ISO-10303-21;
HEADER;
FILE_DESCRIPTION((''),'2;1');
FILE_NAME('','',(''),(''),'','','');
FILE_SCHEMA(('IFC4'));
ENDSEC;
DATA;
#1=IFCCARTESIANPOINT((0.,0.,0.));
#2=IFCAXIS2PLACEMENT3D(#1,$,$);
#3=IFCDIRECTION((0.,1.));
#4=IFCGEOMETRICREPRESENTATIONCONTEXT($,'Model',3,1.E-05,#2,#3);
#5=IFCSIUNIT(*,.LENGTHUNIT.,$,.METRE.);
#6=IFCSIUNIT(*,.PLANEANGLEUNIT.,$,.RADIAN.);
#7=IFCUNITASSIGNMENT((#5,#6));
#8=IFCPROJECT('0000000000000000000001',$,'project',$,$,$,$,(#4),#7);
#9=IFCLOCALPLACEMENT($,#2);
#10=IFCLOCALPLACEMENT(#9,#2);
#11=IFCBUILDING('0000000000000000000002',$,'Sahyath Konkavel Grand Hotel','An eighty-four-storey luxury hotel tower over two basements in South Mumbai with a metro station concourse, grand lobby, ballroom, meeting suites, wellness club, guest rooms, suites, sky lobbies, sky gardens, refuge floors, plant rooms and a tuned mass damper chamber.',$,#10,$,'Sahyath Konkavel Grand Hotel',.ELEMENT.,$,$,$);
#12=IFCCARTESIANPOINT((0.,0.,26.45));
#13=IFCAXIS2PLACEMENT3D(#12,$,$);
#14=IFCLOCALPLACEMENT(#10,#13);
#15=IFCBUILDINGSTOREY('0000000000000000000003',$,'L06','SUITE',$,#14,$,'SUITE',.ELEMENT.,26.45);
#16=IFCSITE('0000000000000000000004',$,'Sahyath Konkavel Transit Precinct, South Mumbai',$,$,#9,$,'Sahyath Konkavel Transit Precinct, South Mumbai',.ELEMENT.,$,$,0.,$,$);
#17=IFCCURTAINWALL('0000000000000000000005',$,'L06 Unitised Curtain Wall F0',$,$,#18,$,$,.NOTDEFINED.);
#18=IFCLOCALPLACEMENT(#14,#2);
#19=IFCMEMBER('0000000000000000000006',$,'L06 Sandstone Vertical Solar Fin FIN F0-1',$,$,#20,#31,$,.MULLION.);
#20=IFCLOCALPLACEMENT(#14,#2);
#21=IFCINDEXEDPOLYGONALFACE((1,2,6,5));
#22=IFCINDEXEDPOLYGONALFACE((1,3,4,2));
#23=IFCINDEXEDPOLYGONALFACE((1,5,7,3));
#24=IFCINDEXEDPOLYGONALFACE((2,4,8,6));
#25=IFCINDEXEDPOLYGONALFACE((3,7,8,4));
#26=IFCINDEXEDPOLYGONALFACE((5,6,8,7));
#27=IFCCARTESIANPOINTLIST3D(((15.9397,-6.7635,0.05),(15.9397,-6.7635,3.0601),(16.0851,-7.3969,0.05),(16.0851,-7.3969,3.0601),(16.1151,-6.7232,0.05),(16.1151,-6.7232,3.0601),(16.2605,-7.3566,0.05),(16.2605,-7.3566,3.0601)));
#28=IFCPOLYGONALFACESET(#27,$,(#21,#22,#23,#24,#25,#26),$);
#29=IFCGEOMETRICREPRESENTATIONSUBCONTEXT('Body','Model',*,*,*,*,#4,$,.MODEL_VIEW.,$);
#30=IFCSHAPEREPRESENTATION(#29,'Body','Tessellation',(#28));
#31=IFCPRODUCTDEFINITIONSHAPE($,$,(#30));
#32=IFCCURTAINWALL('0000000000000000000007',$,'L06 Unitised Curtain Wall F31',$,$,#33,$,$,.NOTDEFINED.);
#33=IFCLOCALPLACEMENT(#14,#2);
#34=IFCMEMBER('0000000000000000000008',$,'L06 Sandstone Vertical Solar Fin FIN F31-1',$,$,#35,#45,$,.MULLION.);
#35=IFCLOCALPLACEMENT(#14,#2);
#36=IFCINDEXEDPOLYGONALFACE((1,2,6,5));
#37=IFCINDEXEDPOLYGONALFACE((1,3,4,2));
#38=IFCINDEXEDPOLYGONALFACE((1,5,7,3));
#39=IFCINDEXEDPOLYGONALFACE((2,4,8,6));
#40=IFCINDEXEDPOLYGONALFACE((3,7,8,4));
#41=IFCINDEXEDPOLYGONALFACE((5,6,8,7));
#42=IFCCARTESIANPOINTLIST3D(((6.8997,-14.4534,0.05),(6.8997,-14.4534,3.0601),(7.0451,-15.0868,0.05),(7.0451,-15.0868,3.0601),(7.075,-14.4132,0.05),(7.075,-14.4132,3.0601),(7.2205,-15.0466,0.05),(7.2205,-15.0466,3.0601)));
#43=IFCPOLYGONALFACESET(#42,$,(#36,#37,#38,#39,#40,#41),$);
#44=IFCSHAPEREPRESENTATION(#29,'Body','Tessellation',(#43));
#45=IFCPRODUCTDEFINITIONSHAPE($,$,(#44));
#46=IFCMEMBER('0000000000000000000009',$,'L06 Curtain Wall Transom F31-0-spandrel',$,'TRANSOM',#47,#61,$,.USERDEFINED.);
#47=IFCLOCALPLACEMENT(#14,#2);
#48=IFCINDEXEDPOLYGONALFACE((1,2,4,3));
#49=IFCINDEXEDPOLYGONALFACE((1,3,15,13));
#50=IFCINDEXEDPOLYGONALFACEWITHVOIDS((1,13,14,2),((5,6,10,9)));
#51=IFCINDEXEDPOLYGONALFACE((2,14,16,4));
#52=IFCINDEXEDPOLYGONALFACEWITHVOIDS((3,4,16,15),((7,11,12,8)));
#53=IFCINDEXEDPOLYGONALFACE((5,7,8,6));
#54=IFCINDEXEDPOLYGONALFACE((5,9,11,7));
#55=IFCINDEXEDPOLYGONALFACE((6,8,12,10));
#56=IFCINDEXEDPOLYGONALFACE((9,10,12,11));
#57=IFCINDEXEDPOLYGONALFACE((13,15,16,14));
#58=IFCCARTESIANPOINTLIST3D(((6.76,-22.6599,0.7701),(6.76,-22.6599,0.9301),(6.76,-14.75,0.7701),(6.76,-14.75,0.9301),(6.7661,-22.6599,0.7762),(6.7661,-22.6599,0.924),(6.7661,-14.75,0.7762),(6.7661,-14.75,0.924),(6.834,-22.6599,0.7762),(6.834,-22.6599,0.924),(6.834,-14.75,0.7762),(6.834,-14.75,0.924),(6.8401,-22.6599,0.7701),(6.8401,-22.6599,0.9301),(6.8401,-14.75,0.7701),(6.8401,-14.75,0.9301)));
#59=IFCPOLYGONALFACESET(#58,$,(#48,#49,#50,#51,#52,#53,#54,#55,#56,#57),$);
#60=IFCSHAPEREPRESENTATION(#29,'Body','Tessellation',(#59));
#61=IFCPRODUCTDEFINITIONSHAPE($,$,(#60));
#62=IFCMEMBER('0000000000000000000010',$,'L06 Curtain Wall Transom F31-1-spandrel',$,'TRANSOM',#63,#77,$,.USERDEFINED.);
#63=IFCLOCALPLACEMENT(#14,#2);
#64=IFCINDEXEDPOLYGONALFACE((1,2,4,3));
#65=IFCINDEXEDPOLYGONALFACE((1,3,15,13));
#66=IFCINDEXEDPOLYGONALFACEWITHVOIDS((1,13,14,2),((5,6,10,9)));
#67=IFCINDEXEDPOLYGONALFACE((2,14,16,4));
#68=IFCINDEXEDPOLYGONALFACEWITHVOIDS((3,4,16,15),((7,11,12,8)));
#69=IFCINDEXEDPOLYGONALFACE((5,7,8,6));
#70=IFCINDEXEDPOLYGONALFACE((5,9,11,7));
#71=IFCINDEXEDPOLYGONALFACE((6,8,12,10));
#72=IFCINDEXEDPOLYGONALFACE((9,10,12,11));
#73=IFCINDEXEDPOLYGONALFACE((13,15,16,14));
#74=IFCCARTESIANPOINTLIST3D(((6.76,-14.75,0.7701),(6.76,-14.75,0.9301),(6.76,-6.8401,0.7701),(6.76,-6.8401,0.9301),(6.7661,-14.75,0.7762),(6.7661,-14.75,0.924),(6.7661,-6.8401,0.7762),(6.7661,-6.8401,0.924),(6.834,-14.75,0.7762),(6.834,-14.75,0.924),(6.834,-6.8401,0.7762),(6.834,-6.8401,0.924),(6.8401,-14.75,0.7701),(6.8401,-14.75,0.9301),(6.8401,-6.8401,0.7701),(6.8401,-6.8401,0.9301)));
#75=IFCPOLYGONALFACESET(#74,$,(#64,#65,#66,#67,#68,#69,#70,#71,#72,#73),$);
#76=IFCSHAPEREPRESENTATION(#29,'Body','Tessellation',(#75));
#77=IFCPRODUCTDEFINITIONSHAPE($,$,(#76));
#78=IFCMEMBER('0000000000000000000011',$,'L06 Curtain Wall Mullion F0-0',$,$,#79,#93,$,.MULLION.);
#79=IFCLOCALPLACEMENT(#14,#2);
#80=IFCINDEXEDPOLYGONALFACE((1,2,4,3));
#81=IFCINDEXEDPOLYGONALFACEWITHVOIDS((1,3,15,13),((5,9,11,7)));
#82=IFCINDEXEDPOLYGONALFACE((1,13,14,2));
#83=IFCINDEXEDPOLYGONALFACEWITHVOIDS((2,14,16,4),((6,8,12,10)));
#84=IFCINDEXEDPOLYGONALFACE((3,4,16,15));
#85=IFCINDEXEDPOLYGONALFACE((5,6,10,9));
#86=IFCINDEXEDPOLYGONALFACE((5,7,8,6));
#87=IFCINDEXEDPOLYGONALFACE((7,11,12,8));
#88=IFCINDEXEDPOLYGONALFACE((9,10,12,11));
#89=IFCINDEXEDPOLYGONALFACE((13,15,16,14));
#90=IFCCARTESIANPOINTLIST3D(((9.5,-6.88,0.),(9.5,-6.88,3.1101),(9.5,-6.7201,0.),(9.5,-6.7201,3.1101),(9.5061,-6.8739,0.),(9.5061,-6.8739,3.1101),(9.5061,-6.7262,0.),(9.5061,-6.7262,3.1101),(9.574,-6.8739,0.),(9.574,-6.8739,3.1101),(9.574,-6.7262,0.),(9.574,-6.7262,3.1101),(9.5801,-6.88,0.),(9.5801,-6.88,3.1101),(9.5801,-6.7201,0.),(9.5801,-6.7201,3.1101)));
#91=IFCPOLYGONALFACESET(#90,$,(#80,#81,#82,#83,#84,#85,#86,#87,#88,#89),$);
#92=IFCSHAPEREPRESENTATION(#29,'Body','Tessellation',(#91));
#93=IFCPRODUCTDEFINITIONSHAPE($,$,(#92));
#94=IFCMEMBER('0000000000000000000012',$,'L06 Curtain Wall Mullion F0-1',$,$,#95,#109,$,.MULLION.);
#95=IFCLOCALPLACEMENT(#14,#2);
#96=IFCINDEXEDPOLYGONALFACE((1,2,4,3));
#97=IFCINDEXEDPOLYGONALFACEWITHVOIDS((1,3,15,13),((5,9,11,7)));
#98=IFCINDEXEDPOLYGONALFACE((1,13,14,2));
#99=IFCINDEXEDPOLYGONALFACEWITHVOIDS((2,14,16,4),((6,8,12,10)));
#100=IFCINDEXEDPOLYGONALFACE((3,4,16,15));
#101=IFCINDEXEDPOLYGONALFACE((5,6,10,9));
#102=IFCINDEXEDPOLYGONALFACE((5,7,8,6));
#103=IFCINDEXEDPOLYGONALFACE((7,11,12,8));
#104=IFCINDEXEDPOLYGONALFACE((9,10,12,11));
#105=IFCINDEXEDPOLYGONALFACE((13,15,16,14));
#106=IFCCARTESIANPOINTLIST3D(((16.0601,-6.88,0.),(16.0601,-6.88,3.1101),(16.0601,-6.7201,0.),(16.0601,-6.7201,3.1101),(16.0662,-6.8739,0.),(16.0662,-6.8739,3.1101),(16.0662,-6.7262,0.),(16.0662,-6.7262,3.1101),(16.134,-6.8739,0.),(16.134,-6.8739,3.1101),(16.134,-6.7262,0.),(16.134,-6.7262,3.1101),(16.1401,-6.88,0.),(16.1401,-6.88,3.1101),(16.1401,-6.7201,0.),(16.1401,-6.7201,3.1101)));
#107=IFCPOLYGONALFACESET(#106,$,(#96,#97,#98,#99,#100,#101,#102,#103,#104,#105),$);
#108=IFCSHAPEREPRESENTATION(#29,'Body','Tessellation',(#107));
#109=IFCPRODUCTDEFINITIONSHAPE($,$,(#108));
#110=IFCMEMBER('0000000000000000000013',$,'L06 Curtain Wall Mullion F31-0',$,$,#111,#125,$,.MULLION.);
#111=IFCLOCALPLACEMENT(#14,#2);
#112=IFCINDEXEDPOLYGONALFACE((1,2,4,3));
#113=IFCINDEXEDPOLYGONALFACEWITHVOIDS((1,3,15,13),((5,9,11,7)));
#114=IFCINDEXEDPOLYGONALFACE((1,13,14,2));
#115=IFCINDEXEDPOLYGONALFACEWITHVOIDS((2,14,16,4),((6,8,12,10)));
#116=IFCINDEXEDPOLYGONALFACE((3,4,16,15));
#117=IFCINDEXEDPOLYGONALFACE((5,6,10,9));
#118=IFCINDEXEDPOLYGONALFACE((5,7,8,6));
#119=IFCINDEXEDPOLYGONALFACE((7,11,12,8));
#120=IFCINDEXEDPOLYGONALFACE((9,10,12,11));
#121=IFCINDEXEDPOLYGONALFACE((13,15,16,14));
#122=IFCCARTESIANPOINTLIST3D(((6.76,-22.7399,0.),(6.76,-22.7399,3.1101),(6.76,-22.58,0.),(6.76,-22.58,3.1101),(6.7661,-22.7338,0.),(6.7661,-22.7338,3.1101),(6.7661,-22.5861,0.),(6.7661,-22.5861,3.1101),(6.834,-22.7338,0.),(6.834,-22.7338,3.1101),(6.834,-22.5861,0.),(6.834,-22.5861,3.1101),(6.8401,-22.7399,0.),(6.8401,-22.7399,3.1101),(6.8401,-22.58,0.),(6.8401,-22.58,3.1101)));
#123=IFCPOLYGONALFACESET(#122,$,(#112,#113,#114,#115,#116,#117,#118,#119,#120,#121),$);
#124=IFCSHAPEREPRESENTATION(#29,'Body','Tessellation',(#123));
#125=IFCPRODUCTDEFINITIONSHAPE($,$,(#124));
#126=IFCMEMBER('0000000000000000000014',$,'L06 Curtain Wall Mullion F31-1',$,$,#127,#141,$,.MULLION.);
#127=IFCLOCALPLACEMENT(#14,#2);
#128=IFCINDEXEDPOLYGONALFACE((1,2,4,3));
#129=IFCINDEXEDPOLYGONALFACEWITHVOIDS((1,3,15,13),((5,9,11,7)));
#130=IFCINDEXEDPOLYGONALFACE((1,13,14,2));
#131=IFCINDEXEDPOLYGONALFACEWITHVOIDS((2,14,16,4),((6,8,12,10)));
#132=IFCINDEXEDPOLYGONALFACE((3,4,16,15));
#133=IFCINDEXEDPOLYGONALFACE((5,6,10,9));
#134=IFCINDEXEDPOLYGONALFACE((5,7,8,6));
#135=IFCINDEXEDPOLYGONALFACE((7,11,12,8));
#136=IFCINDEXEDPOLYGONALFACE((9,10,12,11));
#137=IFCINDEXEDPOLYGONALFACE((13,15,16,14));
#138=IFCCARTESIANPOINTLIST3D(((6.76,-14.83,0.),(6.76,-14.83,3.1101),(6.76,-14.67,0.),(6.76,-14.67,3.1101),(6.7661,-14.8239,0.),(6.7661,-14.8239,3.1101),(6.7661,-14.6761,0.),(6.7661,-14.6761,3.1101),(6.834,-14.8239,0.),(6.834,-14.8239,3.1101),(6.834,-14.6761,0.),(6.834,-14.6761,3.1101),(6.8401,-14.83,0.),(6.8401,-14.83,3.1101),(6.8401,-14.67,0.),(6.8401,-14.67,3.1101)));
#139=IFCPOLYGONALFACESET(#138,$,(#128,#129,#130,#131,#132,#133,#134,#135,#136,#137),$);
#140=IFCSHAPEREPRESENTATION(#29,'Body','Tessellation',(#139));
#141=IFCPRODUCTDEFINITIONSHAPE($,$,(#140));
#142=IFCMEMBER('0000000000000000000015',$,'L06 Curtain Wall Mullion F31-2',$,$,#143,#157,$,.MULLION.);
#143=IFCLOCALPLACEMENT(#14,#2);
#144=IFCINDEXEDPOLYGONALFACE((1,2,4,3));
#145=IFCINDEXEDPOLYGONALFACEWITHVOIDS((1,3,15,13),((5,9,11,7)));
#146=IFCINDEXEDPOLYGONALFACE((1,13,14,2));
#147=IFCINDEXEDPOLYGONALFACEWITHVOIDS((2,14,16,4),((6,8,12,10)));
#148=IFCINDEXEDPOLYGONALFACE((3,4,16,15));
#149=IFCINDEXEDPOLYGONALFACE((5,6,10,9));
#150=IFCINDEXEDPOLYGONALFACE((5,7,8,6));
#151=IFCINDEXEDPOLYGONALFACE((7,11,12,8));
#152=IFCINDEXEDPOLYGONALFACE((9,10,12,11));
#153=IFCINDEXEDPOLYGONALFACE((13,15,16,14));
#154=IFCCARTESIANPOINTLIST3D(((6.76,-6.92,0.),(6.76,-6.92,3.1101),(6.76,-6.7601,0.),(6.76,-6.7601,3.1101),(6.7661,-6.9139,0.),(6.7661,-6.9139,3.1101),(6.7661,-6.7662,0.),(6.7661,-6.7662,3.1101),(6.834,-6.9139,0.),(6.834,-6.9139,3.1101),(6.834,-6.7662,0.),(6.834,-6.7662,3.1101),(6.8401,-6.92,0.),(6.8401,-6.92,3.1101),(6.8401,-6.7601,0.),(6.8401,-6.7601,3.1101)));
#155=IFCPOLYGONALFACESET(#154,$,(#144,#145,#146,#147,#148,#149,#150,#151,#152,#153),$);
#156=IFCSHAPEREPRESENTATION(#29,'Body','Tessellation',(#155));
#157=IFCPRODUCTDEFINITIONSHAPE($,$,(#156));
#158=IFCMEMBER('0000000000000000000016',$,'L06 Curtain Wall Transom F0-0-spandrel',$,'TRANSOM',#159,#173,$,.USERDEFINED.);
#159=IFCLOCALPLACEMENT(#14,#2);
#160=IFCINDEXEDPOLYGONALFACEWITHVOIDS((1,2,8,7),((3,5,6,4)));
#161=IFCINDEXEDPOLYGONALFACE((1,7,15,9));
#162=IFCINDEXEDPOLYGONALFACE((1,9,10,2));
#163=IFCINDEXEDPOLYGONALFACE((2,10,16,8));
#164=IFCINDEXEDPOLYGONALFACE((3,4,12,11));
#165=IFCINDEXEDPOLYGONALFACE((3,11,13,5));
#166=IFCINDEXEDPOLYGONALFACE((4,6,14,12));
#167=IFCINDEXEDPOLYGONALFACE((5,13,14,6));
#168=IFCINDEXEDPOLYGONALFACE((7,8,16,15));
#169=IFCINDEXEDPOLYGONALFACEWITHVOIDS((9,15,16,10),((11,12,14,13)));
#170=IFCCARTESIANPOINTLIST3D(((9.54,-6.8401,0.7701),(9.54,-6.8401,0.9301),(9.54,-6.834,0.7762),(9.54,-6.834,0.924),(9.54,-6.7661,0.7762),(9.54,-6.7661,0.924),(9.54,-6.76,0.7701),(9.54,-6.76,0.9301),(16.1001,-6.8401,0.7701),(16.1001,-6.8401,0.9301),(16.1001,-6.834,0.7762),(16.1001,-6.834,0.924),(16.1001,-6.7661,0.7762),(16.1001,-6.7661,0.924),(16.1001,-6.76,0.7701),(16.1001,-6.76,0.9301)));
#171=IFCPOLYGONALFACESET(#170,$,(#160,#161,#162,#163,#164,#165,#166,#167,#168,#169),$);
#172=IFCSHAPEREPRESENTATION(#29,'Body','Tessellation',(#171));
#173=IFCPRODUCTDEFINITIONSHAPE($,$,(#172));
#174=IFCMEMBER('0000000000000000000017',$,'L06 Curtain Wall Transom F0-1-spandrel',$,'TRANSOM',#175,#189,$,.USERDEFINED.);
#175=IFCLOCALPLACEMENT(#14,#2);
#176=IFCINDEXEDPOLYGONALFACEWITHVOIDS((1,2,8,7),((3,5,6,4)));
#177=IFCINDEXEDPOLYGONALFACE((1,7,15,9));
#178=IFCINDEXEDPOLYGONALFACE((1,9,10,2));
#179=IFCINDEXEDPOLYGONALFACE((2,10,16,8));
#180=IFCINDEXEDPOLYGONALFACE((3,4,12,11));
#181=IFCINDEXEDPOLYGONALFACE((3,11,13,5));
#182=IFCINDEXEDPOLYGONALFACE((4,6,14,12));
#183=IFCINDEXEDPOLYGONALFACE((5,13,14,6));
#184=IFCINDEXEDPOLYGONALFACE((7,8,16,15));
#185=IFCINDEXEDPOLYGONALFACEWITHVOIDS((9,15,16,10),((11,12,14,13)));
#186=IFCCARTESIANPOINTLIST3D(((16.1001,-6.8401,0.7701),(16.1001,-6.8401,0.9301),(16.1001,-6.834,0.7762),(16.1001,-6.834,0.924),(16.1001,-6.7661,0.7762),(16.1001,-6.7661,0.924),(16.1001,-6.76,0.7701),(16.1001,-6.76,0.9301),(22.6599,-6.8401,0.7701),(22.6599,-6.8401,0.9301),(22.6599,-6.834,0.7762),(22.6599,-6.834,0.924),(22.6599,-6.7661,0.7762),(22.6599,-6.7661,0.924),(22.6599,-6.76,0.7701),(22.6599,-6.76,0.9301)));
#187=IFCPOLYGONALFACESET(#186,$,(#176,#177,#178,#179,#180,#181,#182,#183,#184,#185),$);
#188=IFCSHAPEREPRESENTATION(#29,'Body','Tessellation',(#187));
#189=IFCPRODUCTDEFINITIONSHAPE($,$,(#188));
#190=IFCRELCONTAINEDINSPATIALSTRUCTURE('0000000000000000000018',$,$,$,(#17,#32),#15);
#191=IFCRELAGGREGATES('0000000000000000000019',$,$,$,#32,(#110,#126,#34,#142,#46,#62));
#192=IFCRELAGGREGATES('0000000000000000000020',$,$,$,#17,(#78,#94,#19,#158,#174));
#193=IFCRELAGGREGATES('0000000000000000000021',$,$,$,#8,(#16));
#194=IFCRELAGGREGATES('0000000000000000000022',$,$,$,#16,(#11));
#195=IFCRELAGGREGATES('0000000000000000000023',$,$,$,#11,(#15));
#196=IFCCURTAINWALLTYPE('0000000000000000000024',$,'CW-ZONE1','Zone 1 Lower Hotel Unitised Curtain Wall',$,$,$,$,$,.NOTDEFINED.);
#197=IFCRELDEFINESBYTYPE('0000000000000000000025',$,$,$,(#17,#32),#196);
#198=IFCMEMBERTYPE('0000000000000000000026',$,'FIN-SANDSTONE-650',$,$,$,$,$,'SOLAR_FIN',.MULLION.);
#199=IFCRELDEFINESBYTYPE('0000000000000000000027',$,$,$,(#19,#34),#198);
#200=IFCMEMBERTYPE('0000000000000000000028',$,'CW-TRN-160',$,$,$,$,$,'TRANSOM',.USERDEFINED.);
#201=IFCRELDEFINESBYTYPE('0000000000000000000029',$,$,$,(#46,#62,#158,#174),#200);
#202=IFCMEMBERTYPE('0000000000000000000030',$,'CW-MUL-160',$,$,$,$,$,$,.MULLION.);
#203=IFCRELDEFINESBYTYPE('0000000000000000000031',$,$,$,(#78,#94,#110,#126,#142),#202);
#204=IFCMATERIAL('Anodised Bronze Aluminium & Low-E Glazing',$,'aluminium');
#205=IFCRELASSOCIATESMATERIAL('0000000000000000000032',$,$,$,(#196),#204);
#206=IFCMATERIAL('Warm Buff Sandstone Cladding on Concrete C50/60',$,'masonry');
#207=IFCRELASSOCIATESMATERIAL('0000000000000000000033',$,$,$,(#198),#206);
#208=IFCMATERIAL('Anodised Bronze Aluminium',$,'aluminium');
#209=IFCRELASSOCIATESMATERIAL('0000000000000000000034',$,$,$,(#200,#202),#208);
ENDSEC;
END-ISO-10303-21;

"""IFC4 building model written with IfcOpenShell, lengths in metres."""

from ifc_helpers import new_model, si_unit, direction, frame, origin, origin_2d, place, context, subcontext, project, spatial, rectangle, hollow_rectangle, extrude, source, transform, mapped, material, material_profile, profile_set, type_object, element, aggregate, save


model = new_model("IFC4")

# Units and contexts
model_context = context("Model", 3, precision=1e-05, world=origin(), true_north=direction((0.0, 1.0)))
body_context = subcontext(model_context, "Body", "Model", "MODEL_VIEW")
ifc_project = project(units=[si_unit("LENGTHUNIT", "METRE"), si_unit("PLANEANGLEUNIT", "RADIAN")], contexts=[model_context])

# Site, building, storey
site_placement = place(None, origin())
site = spatial("IfcSite", under=ifc_project, at=site_placement, Name="Sahyath Konkavel Transit Precinct, South Mumbai", LongName="Sahyath Konkavel Transit Precinct, South Mumbai", CompositionType="ELEMENT", RefElevation=0.0)
building_placement = place(site_placement, origin())
building = spatial("IfcBuilding", under=site, at=building_placement, Name="Sahyath Konkavel Grand Hotel", Description="An eighty-four-storey luxury hotel tower over two basements in South Mumbai with a metro station concourse, grand lobby, ballroom, meeting suites, wellness club, guest rooms, suites, sky lobbies, sky gardens, refuge floors, plant rooms and a tuned mass damper chamber.", LongName="Sahyath Konkavel Grand Hotel", CompositionType="ELEMENT")
storey_placement = place(building_placement, frame((0.0, 0.0, 26.45)))
storey = spatial("IfcBuildingStorey", under=building, at=storey_placement, Name="L06", Description="SUITE", LongName="SUITE", CompositionType="ELEMENT", Elevation=26.45)

# Curtain wall, member
ifc_material_1 = material(Name="Anodised Bronze Aluminium & Low-E Glazing", Category="aluminium")
curtain_wall_type = type_object("IfcCurtainWallType", Name="CW-ZONE1", Description="Zone 1 Lower Hotel Unitised Curtain Wall", PredefinedType="NOTDEFINED", material=ifc_material_1)
curtain_wall_1_placement = place(storey_placement, origin())
curtain_wall_1 = element("IfcCurtainWall", 1, at=curtain_wall_1_placement, inside=storey, type_object=curtain_wall_type, Name="L06 Unitised Curtain Wall F0", PredefinedType="NOTDEFINED")
ifc_material_2 = material(Name="Warm Buff Sandstone Cladding on Concrete C50/60", Category="masonry")
ifc_material_profile_1 = material_profile(ifc_material_2, rectangle(XDim=0.1799, YDim=0.6499, at=origin_2d()), Name="FIN 180x650")
ifc_profile_set_1 = profile_set([ifc_material_profile_1], Name="Warm Buff Sandstone Cladding on Concrete C50/60")
member_type_1 = type_object("IfcMemberType", Name="FIN-SANDSTONE-650", ElementType="SOLAR_FIN", PredefinedType="MULLION", material=ifc_profile_set_1)
shared_shape_1 = source(origin(), body_context, "Body", "SweptSolid", [
    extrude(rectangle(XDim=0.1799, YDim=0.6499, at=origin_2d()), origin(), (0.0, 0.0, 1.0), 3.01),
])
member_1_placement = place(storey_placement, frame((16.1001, -7.0601, 0.05), z_axis=(0.0, 0.0, 1.0), x_axis=(0.974644, 0.22376, 0.0)))
member_1 = element("IfcMember", 2, at=member_1_placement, type_object=member_type_1, Name="L06 Sandstone Vertical Solar Fin FIN F0-1", PredefinedType="MULLION", context=body_context, shape_type="MappedRepresentation", body=[
    mapped(shared_shape_1, transform((0.0, 0.0, 0.0), scale=1.0)),
])

# Curtain wall, members
curtain_wall_2_placement = place(storey_placement, origin())
curtain_wall_2 = element("IfcCurtainWall", 3, at=curtain_wall_2_placement, inside=storey, type_object=curtain_wall_type, Name="L06 Unitised Curtain Wall F31", PredefinedType="NOTDEFINED")
member_2_placement = place(storey_placement, frame((7.0601, -14.75, 0.05), z_axis=(0.0, 0.0, 1.0), x_axis=(0.974644, 0.22376, 0.0)))
member_2 = element("IfcMember", 4, at=member_2_placement, type_object=member_type_1, Name="L06 Sandstone Vertical Solar Fin FIN F31-1", PredefinedType="MULLION", context=body_context, shape_type="MappedRepresentation", body=[
    mapped(shared_shape_1, transform((0.0, 0.0, 0.0), scale=1.0)),
])
ifc_material_3 = material(Name="Anodised Bronze Aluminium", Category="aluminium")
ifc_material_profile_2 = material_profile(ifc_material_3, hollow_rectangle(XDim=0.0801, YDim=0.1599, WallThickness=0.0061, at=origin_2d()), Name="RHS 160x80x6")
ifc_profile_set_2 = profile_set([ifc_material_profile_2], Name="Anodised Bronze Aluminium")
member_type_2 = type_object("IfcMemberType", Name="CW-TRN-160", ElementType="TRANSOM", PredefinedType="USERDEFINED", material=ifc_profile_set_2)
shared_shape_2 = source(origin(), body_context, "Body", "SweptSolid", [
    extrude(hollow_rectangle(XDim=0.0801, YDim=0.1599, WallThickness=0.0061, at=origin_2d()), origin(), (0.0, 0.0, 1.0), 7.9099),
])
member_3_placement = place(storey_placement, frame((6.8, -22.6599, 0.8501), z_axis=(0.0, 1.0, 0.0), x_axis=(-1.0, 0.0, 0.0)))
member_3 = element("IfcMember", 5, at=member_3_placement, type_object=member_type_2, Name="L06 Curtain Wall Transom F31-0-spandrel", ObjectType="TRANSOM", PredefinedType="USERDEFINED", context=body_context, shape_type="MappedRepresentation", body=[
    mapped(shared_shape_2, transform((0.0, 0.0, 0.0), scale=1.0)),
])
member_4_placement = place(storey_placement, frame((6.8, -14.75, 0.8501), z_axis=(0.0, 1.0, 0.0), x_axis=(-1.0, 0.0, 0.0)))
member_4 = element("IfcMember", 6, at=member_4_placement, type_object=member_type_2, Name="L06 Curtain Wall Transom F31-1-spandrel", ObjectType="TRANSOM", PredefinedType="USERDEFINED", context=body_context, shape_type="MappedRepresentation", body=[
    mapped(shared_shape_2, transform((0.0, 0.0, 0.0), scale=1.0)),
])

# Members
ifc_material_profile_3 = material_profile(ifc_material_3, hollow_rectangle(XDim=0.0801, YDim=0.1599, WallThickness=0.0061, at=origin_2d()), Name="RHS 160x80x6")
ifc_profile_set_3 = profile_set([ifc_material_profile_3], Name="Anodised Bronze Aluminium")
member_type_3 = type_object("IfcMemberType", Name="CW-MUL-160", PredefinedType="MULLION", material=ifc_profile_set_3)
shared_shape_3 = source(origin(), body_context, "Body", "SweptSolid", [
    extrude(hollow_rectangle(XDim=0.0801, YDim=0.1599, WallThickness=0.0061, at=origin_2d()), origin(), (0.0, 0.0, 1.0), 3.1101),
])
member_5_placement = place(storey_placement, frame((9.54, -6.8, 0.0), z_axis=(0.0, 0.0, 1.0), x_axis=(1.0, 0.0, 0.0)))
member_5 = element("IfcMember", 7, at=member_5_placement, type_object=member_type_3, Name="L06 Curtain Wall Mullion F0-0", PredefinedType="MULLION", context=body_context, shape_type="MappedRepresentation", body=[
    mapped(shared_shape_3, transform((0.0, 0.0, 0.0), scale=1.0)),
])
member_6_placement = place(storey_placement, frame((16.1001, -6.8, 0.0), z_axis=(0.0, 0.0, 1.0), x_axis=(1.0, 0.0, 0.0)))
member_6 = element("IfcMember", 8, at=member_6_placement, type_object=member_type_3, Name="L06 Curtain Wall Mullion F0-1", PredefinedType="MULLION", context=body_context, shape_type="MappedRepresentation", body=[
    mapped(shared_shape_3, transform((0.0, 0.0, 0.0), scale=1.0)),
])
member_7_placement = place(storey_placement, frame((6.8, -22.6599, 0.0), z_axis=(0.0, 0.0, 1.0), x_axis=(1.0, 0.0, 0.0)))
member_7 = element("IfcMember", 9, at=member_7_placement, type_object=member_type_3, Name="L06 Curtain Wall Mullion F31-0", PredefinedType="MULLION", context=body_context, shape_type="MappedRepresentation", body=[
    mapped(shared_shape_3, transform((0.0, 0.0, 0.0), scale=1.0)),
])
member_8_placement = place(storey_placement, frame((6.8, -14.75, 0.0), z_axis=(0.0, 0.0, 1.0), x_axis=(1.0, 0.0, 0.0)))
member_8 = element("IfcMember", 10, at=member_8_placement, type_object=member_type_3, Name="L06 Curtain Wall Mullion F31-1", PredefinedType="MULLION", context=body_context, shape_type="MappedRepresentation", body=[
    mapped(shared_shape_3, transform((0.0, 0.0, 0.0), scale=1.0)),
])
member_9_placement = place(storey_placement, frame((6.8, -6.8401, 0.0), z_axis=(0.0, 0.0, 1.0), x_axis=(1.0, 0.0, 0.0)))
member_9 = element("IfcMember", 11, at=member_9_placement, type_object=member_type_3, Name="L06 Curtain Wall Mullion F31-2", PredefinedType="MULLION", context=body_context, shape_type="MappedRepresentation", body=[
    mapped(shared_shape_3, transform((0.0, 0.0, 0.0), scale=1.0)),
])
shared_shape_4 = source(origin(), body_context, "Body", "SweptSolid", [
    extrude(hollow_rectangle(XDim=0.0801, YDim=0.1599, WallThickness=0.0061, at=origin_2d()), origin(), (0.0, 0.0, 1.0), 6.5601),
])
member_10_placement = place(storey_placement, frame((9.54, -6.8, 0.8501), z_axis=(1.0, 0.0, 0.0), x_axis=(0.0, 1.0, 0.0)))
member_10 = element("IfcMember", 12, at=member_10_placement, type_object=member_type_2, Name="L06 Curtain Wall Transom F0-0-spandrel", ObjectType="TRANSOM", PredefinedType="USERDEFINED", context=body_context, shape_type="MappedRepresentation", body=[
    mapped(shared_shape_4, transform((0.0, 0.0, 0.0), scale=1.0)),
])
shared_shape_5 = source(origin(), body_context, "Body", "SweptSolid", [
    extrude(hollow_rectangle(XDim=0.0801, YDim=0.1599, WallThickness=0.0061, at=origin_2d()), origin(), (0.0, 0.0, 1.0), 6.5598),
])
member_11_placement = place(storey_placement, frame((16.1001, -6.8, 0.8501), z_axis=(1.0, 0.0, 0.0), x_axis=(0.0, 1.0, 0.0)))
member_11 = element("IfcMember", 13, at=member_11_placement, type_object=member_type_2, Name="L06 Curtain Wall Transom F0-1-spandrel", ObjectType="TRANSOM", PredefinedType="USERDEFINED", context=body_context, shape_type="MappedRepresentation", body=[
    mapped(shared_shape_5, transform((0.0, 0.0, 0.0), scale=1.0)),
])

aggregate(curtain_wall_2, [member_7, member_8, member_2, member_9, member_3, member_4])
aggregate(curtain_wall_1, [member_5, member_6, member_1, member_10, member_11])

save(model, "model.ifc")
